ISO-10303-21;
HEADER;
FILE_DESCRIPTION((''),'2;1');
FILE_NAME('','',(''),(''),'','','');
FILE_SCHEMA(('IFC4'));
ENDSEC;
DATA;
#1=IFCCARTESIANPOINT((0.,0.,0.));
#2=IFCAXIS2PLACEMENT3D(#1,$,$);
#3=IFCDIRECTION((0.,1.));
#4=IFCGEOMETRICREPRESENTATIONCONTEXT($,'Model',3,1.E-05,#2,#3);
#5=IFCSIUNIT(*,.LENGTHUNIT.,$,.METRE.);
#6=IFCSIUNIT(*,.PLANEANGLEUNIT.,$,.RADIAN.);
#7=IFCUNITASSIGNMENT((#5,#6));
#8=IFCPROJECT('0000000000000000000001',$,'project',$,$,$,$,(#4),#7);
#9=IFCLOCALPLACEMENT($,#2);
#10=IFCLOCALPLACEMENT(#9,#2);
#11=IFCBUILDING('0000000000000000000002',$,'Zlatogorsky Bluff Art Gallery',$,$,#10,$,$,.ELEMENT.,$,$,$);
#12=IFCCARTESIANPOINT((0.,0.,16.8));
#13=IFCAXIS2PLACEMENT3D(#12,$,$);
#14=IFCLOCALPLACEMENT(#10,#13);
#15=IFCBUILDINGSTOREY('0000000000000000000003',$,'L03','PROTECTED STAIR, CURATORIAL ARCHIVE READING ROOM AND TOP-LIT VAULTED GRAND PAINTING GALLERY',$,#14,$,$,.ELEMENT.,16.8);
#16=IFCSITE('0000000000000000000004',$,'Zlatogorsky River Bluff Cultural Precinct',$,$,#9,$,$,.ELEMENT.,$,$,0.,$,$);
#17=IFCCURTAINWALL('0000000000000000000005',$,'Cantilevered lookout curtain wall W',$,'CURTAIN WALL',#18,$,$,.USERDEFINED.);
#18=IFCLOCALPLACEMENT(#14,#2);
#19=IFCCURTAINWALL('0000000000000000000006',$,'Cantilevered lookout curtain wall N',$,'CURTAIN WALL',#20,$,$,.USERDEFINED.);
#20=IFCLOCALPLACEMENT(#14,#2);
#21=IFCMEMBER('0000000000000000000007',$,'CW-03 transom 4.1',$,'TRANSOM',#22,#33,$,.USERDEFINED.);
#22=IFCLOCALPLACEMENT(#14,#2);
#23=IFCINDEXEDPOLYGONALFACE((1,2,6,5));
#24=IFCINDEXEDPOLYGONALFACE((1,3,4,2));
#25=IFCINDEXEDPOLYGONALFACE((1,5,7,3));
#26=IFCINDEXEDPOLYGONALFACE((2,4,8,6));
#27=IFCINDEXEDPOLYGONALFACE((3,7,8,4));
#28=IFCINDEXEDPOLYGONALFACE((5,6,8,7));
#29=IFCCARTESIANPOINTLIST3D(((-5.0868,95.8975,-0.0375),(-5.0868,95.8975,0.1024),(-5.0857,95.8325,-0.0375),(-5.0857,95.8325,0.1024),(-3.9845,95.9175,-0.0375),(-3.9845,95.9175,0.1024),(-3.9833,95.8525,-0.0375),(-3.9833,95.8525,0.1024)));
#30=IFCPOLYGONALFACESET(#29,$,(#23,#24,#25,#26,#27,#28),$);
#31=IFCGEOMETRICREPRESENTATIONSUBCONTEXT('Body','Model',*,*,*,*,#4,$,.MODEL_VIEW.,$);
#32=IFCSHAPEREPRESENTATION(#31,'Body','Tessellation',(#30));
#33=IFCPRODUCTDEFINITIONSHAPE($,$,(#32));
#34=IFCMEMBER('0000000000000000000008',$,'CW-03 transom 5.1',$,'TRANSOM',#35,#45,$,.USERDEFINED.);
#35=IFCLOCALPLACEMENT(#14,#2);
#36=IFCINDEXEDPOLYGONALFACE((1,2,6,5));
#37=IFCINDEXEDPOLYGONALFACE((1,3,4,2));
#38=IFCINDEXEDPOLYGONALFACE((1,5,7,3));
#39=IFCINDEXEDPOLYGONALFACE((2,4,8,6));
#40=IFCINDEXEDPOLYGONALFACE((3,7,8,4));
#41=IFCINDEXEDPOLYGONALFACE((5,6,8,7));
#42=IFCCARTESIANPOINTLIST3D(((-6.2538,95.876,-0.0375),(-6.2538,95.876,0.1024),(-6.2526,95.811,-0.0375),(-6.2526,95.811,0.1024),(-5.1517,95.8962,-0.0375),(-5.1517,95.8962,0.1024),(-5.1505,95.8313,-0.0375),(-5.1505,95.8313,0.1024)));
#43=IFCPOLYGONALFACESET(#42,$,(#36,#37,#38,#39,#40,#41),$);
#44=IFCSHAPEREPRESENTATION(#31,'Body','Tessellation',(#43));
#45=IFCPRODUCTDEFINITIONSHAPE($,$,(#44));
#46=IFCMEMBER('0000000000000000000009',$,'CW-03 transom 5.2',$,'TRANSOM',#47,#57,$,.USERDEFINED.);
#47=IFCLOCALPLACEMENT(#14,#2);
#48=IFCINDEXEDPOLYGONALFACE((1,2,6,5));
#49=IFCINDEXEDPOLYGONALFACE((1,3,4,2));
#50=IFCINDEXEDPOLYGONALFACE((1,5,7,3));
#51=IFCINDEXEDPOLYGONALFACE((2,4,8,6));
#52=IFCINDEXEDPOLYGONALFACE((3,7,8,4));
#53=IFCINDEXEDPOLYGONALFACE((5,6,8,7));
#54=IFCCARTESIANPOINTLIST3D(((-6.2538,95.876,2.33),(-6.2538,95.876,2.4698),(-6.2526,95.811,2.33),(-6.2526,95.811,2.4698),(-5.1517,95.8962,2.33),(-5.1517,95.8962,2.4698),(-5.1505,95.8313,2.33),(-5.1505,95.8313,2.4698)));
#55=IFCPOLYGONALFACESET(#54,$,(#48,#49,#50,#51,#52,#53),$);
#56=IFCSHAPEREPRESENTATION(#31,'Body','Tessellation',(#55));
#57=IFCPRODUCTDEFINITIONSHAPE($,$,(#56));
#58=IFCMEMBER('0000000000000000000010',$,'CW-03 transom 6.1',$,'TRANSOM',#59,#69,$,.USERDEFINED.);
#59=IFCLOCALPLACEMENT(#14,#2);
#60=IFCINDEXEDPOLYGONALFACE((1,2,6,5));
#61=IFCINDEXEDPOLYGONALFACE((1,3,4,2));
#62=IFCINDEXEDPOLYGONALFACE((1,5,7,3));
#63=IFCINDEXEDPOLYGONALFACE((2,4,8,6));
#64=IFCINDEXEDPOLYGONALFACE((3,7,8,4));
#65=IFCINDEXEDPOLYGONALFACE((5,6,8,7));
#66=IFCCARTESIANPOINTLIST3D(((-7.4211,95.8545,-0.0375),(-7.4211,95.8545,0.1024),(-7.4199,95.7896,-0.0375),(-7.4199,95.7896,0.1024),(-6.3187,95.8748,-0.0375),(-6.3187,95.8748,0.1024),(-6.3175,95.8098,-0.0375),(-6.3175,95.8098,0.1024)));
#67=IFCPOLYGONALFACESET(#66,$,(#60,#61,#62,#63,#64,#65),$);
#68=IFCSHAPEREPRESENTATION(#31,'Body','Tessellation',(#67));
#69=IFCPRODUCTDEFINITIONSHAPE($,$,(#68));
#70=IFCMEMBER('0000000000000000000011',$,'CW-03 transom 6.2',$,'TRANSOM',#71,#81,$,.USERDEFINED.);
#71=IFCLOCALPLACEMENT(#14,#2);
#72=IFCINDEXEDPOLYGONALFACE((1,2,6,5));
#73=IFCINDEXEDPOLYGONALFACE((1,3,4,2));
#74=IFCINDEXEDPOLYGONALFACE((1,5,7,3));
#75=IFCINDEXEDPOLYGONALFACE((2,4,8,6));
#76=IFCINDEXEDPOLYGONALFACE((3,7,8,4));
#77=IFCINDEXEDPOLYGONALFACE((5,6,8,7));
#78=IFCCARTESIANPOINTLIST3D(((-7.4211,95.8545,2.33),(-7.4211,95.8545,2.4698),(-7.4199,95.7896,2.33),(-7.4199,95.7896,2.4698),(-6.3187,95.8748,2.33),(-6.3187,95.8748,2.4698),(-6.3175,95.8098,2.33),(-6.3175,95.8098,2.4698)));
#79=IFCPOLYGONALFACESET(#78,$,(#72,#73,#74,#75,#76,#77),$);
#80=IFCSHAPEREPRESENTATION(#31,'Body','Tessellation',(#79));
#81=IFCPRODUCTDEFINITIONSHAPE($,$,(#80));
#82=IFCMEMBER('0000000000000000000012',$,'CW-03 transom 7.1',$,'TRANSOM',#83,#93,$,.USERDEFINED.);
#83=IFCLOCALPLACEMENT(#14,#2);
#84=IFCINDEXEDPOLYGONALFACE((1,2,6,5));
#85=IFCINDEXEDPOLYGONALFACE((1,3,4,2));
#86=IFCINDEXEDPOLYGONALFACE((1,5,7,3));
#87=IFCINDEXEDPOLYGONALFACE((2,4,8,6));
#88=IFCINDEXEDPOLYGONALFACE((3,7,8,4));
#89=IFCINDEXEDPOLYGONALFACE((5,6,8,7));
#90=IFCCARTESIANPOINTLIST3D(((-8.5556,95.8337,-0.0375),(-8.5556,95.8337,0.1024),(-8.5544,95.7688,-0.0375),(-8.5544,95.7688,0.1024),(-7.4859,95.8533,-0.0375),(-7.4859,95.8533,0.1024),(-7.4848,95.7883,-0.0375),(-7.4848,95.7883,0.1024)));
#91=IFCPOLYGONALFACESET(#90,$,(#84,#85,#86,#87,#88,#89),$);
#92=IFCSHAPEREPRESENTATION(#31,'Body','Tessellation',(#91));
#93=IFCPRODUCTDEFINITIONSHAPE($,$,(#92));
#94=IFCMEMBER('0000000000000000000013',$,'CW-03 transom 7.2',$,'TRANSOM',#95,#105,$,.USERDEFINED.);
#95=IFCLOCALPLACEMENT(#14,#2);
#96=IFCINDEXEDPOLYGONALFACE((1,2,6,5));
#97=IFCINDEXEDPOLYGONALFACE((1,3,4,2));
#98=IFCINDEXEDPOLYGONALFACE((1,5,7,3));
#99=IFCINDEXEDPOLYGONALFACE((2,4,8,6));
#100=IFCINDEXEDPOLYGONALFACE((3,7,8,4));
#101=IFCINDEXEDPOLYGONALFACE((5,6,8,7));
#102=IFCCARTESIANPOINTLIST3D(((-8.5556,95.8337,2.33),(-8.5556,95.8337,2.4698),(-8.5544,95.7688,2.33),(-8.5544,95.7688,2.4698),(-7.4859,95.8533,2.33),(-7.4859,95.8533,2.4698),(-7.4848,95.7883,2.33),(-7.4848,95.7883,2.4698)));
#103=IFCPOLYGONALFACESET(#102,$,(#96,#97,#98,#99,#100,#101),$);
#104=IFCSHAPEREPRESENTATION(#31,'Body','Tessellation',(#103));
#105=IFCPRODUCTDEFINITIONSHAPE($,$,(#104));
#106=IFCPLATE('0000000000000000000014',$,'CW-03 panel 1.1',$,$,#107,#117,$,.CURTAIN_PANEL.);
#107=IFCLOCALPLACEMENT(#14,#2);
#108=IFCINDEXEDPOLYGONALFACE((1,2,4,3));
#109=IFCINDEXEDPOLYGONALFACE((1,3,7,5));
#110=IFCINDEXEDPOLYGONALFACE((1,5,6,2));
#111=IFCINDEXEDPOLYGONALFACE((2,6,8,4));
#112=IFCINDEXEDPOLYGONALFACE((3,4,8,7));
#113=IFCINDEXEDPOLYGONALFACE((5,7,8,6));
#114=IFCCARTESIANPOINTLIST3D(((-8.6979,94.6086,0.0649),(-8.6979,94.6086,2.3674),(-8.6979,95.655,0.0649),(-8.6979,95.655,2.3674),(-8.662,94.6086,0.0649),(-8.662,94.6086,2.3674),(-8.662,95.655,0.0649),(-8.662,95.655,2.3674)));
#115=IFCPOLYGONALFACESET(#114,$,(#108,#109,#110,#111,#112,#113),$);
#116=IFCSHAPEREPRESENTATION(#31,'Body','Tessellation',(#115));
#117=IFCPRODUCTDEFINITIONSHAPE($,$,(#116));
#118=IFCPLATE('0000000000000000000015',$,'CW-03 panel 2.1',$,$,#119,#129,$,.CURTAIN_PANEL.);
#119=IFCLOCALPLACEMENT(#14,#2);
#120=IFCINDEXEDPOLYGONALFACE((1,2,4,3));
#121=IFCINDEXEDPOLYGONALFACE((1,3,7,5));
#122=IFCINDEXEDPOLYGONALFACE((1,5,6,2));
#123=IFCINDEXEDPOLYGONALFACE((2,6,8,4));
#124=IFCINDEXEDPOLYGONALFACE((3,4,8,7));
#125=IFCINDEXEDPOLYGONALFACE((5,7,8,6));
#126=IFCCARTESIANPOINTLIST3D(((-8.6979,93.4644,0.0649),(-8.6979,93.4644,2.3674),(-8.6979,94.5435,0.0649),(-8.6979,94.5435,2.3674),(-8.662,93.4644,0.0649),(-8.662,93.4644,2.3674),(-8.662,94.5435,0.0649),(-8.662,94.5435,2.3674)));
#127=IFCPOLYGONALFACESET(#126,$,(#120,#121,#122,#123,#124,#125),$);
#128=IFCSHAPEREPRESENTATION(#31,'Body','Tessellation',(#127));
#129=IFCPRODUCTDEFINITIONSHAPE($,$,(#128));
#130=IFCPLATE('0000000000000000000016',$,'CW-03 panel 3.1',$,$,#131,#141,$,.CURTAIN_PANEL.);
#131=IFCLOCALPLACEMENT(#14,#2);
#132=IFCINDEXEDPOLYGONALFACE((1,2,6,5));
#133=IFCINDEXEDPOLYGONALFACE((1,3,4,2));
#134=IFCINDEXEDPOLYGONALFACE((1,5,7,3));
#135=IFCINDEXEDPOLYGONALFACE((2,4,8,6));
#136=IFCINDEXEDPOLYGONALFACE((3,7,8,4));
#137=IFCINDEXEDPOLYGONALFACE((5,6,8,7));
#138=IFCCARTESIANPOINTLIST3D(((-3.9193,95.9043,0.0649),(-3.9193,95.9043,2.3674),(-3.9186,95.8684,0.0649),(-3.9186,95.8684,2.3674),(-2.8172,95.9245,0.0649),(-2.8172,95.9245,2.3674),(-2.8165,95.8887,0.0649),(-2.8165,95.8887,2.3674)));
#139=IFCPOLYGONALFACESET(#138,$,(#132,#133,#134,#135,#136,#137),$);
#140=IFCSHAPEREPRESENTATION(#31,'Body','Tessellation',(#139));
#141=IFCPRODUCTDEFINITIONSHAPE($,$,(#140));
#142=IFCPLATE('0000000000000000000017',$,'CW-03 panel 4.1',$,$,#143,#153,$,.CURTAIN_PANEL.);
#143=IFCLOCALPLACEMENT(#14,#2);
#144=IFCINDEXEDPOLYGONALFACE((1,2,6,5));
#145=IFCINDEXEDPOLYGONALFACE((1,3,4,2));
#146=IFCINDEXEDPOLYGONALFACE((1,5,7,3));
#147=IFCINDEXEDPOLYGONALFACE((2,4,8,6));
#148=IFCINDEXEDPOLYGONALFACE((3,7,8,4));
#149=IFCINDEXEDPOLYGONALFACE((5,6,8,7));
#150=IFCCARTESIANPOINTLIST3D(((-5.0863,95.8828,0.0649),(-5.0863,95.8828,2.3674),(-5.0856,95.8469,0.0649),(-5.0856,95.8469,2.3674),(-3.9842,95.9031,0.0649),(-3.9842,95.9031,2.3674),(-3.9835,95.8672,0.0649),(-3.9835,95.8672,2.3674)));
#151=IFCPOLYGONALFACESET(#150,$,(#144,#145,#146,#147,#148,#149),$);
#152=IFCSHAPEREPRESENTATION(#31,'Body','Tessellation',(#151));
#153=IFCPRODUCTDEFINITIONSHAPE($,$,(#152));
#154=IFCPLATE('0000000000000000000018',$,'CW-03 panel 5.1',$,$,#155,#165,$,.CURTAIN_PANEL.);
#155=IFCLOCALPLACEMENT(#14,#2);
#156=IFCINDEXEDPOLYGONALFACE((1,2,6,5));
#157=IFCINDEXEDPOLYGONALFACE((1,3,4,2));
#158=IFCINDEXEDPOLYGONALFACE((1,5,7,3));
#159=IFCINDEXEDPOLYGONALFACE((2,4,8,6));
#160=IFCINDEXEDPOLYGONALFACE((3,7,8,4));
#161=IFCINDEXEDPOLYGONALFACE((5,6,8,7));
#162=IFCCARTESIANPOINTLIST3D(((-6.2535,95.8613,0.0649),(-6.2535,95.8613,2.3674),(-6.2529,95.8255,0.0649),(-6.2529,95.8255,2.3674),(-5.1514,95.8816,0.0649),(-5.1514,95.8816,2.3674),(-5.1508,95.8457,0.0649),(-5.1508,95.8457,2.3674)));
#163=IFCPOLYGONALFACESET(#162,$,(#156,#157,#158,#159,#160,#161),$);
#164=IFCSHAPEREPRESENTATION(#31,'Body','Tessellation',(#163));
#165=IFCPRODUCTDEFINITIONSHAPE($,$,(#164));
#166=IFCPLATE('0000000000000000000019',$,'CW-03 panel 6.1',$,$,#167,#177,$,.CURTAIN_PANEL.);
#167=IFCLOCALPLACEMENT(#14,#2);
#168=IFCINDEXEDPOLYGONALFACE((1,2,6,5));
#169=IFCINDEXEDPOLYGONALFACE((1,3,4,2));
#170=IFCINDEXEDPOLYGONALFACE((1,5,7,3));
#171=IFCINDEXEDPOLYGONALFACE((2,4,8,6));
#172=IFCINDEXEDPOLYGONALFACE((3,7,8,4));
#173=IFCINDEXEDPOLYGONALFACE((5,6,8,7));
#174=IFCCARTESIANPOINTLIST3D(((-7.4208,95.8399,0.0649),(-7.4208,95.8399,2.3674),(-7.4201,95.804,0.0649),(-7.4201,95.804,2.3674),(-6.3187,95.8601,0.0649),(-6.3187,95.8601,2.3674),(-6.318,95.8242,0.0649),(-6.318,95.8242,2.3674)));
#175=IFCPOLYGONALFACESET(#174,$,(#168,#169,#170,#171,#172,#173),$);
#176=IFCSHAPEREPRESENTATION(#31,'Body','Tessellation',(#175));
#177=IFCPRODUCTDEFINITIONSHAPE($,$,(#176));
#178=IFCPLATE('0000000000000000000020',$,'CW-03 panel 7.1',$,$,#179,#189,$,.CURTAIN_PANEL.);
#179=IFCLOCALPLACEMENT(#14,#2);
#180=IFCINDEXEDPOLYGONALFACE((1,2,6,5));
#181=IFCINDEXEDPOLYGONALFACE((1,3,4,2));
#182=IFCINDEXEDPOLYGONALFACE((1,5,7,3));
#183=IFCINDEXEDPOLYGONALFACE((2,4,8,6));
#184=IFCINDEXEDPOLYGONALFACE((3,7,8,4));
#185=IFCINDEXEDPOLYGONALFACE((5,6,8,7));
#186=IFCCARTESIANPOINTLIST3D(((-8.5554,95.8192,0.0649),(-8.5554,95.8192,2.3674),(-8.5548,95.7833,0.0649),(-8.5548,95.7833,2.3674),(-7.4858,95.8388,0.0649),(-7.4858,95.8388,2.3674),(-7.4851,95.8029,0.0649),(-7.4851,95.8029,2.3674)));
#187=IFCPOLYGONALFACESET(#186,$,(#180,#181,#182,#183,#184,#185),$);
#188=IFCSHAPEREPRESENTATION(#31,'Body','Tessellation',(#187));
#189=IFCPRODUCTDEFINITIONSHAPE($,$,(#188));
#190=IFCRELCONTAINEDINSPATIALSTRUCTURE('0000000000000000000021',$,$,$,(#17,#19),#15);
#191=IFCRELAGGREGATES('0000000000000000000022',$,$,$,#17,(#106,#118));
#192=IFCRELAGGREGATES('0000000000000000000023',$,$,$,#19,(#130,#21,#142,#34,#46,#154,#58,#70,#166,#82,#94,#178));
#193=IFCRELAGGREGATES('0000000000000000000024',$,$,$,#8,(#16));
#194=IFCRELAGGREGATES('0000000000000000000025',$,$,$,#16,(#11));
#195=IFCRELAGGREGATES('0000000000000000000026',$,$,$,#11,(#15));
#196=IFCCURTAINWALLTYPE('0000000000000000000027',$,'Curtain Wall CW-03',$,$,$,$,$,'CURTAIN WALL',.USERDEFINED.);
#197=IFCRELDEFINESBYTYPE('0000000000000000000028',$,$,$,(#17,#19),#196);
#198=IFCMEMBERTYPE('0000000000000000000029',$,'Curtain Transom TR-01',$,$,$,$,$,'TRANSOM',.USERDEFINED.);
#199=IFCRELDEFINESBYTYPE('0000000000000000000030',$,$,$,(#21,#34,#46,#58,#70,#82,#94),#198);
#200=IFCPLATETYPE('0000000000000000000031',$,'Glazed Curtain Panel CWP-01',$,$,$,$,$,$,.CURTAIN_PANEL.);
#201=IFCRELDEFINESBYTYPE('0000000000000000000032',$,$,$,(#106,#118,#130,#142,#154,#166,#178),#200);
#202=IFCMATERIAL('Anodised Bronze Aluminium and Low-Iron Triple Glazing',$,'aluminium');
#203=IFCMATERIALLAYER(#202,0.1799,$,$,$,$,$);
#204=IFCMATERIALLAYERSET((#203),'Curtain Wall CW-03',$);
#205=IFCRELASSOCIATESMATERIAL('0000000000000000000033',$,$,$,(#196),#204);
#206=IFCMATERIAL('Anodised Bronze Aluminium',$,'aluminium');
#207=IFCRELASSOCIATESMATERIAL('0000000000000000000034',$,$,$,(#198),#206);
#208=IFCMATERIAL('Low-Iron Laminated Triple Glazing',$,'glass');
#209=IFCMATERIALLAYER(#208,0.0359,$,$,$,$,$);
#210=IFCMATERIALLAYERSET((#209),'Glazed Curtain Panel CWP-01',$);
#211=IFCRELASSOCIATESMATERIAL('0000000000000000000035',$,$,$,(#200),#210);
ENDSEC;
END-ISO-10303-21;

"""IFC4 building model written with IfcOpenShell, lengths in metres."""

from ifc_helpers import new_model, si_unit, direction, frame, origin, origin_2d, place, context, subcontext, project, spatial, rectangle, extrude, material, layer, layer_set, material_profile, profile_set, type_object, element, aggregate, save


model = new_model("IFC4")

# Units and contexts
model_context = context("Model", 3, precision=1e-05, world=origin(), true_north=direction((0.0, 1.0)))
body_context = subcontext(model_context, "Body", "Model", "MODEL_VIEW")
ifc_project = project(units=[si_unit("LENGTHUNIT", "METRE"), si_unit("PLANEANGLEUNIT", "RADIAN")], contexts=[model_context])

# Site, building, storey
site_placement = place(None, origin())
site = spatial("IfcSite", under=ifc_project, at=site_placement, Name="Zlatogorsky River Bluff Cultural Precinct", CompositionType="ELEMENT", RefElevation=0.0)
building_placement = place(site_placement, origin())
building = spatial("IfcBuilding", under=site, at=building_placement, Name="Zlatogorsky Bluff Art Gallery", CompositionType="ELEMENT")
storey_placement = place(building_placement, frame((0.0, 0.0, 16.8)))
storey = spatial("IfcBuildingStorey", under=building, at=storey_placement, Name="L03", Description="PROTECTED STAIR, CURATORIAL ARCHIVE READING ROOM AND TOP-LIT VAULTED GRAND PAINTING GALLERY", CompositionType="ELEMENT", Elevation=16.8)

# Curtain walls
ifc_material_1 = material(Name="Anodised Bronze Aluminium and Low-Iron Triple Glazing", Category="aluminium")
ifc_layer_1 = layer(ifc_material_1, 0.1799)
ifc_layer_set_1 = layer_set([ifc_layer_1], Name="Curtain Wall CW-03")
curtain_wall_type = type_object("IfcCurtainWallType", Name="Curtain Wall CW-03", ElementType="CURTAIN WALL", PredefinedType="USERDEFINED", material=ifc_layer_set_1)
curtain_wall_1_placement = place(storey_placement, origin())
curtain_wall_1 = element("IfcCurtainWall", 1, at=curtain_wall_1_placement, inside=storey, type_object=curtain_wall_type, Name="Cantilevered lookout curtain wall W", ObjectType="CURTAIN WALL", PredefinedType="USERDEFINED")
ifc_material_2 = material(Name="Anodised Bronze Aluminium", Category="aluminium")
curtain_wall_2_placement = place(storey_placement, origin())
curtain_wall_2 = element("IfcCurtainWall", 2, at=curtain_wall_2_placement, inside=storey, type_object=curtain_wall_type, Name="Cantilevered lookout curtain wall N", ObjectType="CURTAIN WALL", PredefinedType="USERDEFINED")

# Members
ifc_material_profile_1 = material_profile(ifc_material_2, rectangle(XDim=0.0649, YDim=0.1399, at=origin_2d()), Name="ALU TRANSOM 65x140")
ifc_profile_set_1 = profile_set([ifc_material_profile_1], Name="Anodised Bronze Aluminium")
member_type_1 = type_object("IfcMemberType", Name="Curtain Transom TR-01", ElementType="TRANSOM", PredefinedType="USERDEFINED", material=ifc_profile_set_1)
member_1_placement = place(storey_placement, frame((-3.9839, 95.885, 0.0325), z_axis=(-0.999835, -0.018159, 0.0), x_axis=(0.018159, -0.999835, 0.0)))
member_1 = element("IfcMember", 3, at=member_1_placement, type_object=member_type_1, Name="CW-03 transom 4.1", ObjectType="TRANSOM", PredefinedType="USERDEFINED", context=body_context, shape_type="SweptSolid", body=[
    extrude(rectangle(XDim=0.0649, YDim=0.1399, at=origin_2d()), origin(), (0.0, 0.0, 1.0), 1.1025),
])
member_2_placement = place(storey_placement, frame((-5.1511, 95.8638, 0.0325), z_axis=(-0.999831, -0.018384, 0.0), x_axis=(0.018384, -0.999831, 0.0)))
member_2 = element("IfcMember", 4, at=member_2_placement, type_object=member_type_1, Name="CW-03 transom 5.1", ObjectType="TRANSOM", PredefinedType="USERDEFINED", context=body_context, shape_type="SweptSolid", body=[
    extrude(rectangle(XDim=0.0649, YDim=0.1399, at=origin_2d()), origin(), (0.0, 0.0, 1.0), 1.1023),
])
member_3_placement = place(storey_placement, frame((-5.1511, 95.8638, 2.3999), z_axis=(-0.999831, -0.018384, 0.0), x_axis=(0.018384, -0.999831, 0.0)))
member_3 = element("IfcMember", 5, at=member_3_placement, type_object=member_type_1, Name="CW-03 transom 5.2", ObjectType="TRANSOM", PredefinedType="USERDEFINED", context=body_context, shape_type="SweptSolid", body=[
    extrude(rectangle(XDim=0.0649, YDim=0.1399, at=origin_2d()), origin(), (0.0, 0.0, 1.0), 1.1023),
])
member_4_placement = place(storey_placement, frame((-6.3181, 95.8423, 0.0325), z_axis=(-0.999831, -0.01838, 0.0), x_axis=(0.01838, -0.999831, 0.0)))
member_4 = element("IfcMember", 6, at=member_4_placement, type_object=member_type_1, Name="CW-03 transom 6.1", ObjectType="TRANSOM", PredefinedType="USERDEFINED", context=body_context, shape_type="SweptSolid", body=[
    extrude(rectangle(XDim=0.0649, YDim=0.1399, at=origin_2d()), origin(), (0.0, 0.0, 1.0), 1.1025),
])
member_5_placement = place(storey_placement, frame((-6.3181, 95.8423, 2.3999), z_axis=(-0.999831, -0.01838, 0.0), x_axis=(0.01838, -0.999831, 0.0)))
member_5 = element("IfcMember", 7, at=member_5_placement, type_object=member_type_1, Name="CW-03 transom 6.2", ObjectType="TRANSOM", PredefinedType="USERDEFINED", context=body_context, shape_type="SweptSolid", body=[
    extrude(rectangle(XDim=0.0649, YDim=0.1399, at=origin_2d()), origin(), (0.0, 0.0, 1.0), 1.1025),
])
member_6_placement = place(storey_placement, frame((-7.4854, 95.8208, 0.0325), z_axis=(-0.999833, -0.018258, 0.0), x_axis=(0.018258, -0.999833, 0.0)))
member_6 = element("IfcMember", 8, at=member_6_placement, type_object=member_type_1, Name="CW-03 transom 7.1", ObjectType="TRANSOM", PredefinedType="USERDEFINED", context=body_context, shape_type="SweptSolid", body=[
    extrude(rectangle(XDim=0.0649, YDim=0.1399, at=origin_2d()), origin(), (0.0, 0.0, 1.0), 1.0698),
])
member_7_placement = place(storey_placement, frame((-7.4854, 95.8208, 2.3999), z_axis=(-0.999833, -0.018258, 0.0), x_axis=(0.018258, -0.999833, 0.0)))
member_7 = element("IfcMember", 9, at=member_7_placement, type_object=member_type_1, Name="CW-03 transom 7.2", ObjectType="TRANSOM", PredefinedType="USERDEFINED", context=body_context, shape_type="SweptSolid", body=[
    extrude(rectangle(XDim=0.0649, YDim=0.1399, at=origin_2d()), origin(), (0.0, 0.0, 1.0), 1.0698),
])

# Plates
ifc_material_3 = material(Name="Low-Iron Laminated Triple Glazing", Category="glass")
ifc_layer_2 = layer(ifc_material_3, 0.0359)
ifc_layer_set_2 = layer_set([ifc_layer_2], Name="Glazed Curtain Panel CWP-01")
plate_type = type_object("IfcPlateType", Name="Glazed Curtain Panel CWP-01", PredefinedType="CURTAIN_PANEL", material=ifc_layer_set_2)
plate_1_placement = place(storey_placement, frame((-8.6799, 95.1318, 0.0649), z_axis=(0.0, 0.0, 1.0), x_axis=(0.0, -1.0, 0.0)))
plate_1 = element("IfcPlate", 10, at=plate_1_placement, type_object=plate_type, Name="CW-03 panel 1.1", PredefinedType="CURTAIN_PANEL", context=body_context, shape_type="SweptSolid", body=[
    extrude(rectangle(XDim=1.0464, YDim=0.0359, at=origin_2d()), origin(), (0.0, 0.0, 1.0), 2.3025),
])
plate_2_placement = place(storey_placement, frame((-8.6799, 94.0039, 0.0649), z_axis=(0.0, 0.0, 1.0), x_axis=(0.0, -1.0, 0.0)))
plate_2 = element("IfcPlate", 11, at=plate_2_placement, type_object=plate_type, Name="CW-03 panel 2.1", PredefinedType="CURTAIN_PANEL", context=body_context, shape_type="SweptSolid", body=[
    extrude(rectangle(XDim=1.0791, YDim=0.0359, at=origin_2d()), origin(), (0.0, 0.0, 1.0), 2.3025),
])
aggregate(curtain_wall_1, [plate_1, plate_2])
plate_3_placement = place(storey_placement, frame((-3.3679, 95.8965, 0.0649), z_axis=(0.0, 0.0, 1.0), x_axis=(-0.999832, -0.018357, 0.0)))
plate_3 = element("IfcPlate", 12, at=plate_3_placement, type_object=plate_type, Name="CW-03 panel 3.1", PredefinedType="CURTAIN_PANEL", context=body_context, shape_type="SweptSolid", body=[
    extrude(rectangle(XDim=1.1023, YDim=0.0359, at=origin_2d()), origin(), (0.0, 0.0, 1.0), 2.3025),
])
plate_4_placement = place(storey_placement, frame((-4.5349, 95.875, 0.0649), z_axis=(0.0, 0.0, 1.0), x_axis=(-0.999832, -0.018357, 0.0)))
plate_4 = element("IfcPlate", 13, at=plate_4_placement, type_object=plate_type, Name="CW-03 panel 4.1", PredefinedType="CURTAIN_PANEL", context=body_context, shape_type="SweptSolid", body=[
    extrude(rectangle(XDim=1.1023, YDim=0.0359, at=origin_2d()), origin(), (0.0, 0.0, 1.0), 2.3025),
])
plate_5_placement = place(storey_placement, frame((-5.7021, 95.8535, 0.0649), z_axis=(0.0, 0.0, 1.0), x_axis=(-0.999832, -0.018357, 0.0)))
plate_5 = element("IfcPlate", 14, at=plate_5_placement, type_object=plate_type, Name="CW-03 panel 5.1", PredefinedType="CURTAIN_PANEL", context=body_context, shape_type="SweptSolid", body=[
    extrude(rectangle(XDim=1.1023, YDim=0.0359, at=origin_2d()), origin(), (0.0, 0.0, 1.0), 2.3025),
])
plate_6_placement = place(storey_placement, frame((-6.8694, 95.832, 0.0649), z_axis=(0.0, 0.0, 1.0), x_axis=(-0.999832, -0.018357, 0.0)))
plate_6 = element("IfcPlate", 15, at=plate_6_placement, type_object=plate_type, Name="CW-03 panel 6.1", PredefinedType="CURTAIN_PANEL", context=body_context, shape_type="SweptSolid", body=[
    extrude(rectangle(XDim=1.1023, YDim=0.0359, at=origin_2d()), origin(), (0.0, 0.0, 1.0), 2.3025),
])
plate_7_placement = place(storey_placement, frame((-8.0203, 95.811, 0.0649), z_axis=(0.0, 0.0, 1.0), x_axis=(-0.999832, -0.018357, 0.0)))
plate_7 = element("IfcPlate", 16, at=plate_7_placement, type_object=plate_type, Name="CW-03 panel 7.1", PredefinedType="CURTAIN_PANEL", context=body_context, shape_type="SweptSolid", body=[
    extrude(rectangle(XDim=1.0698, YDim=0.0359, at=origin_2d()), origin(), (0.0, 0.0, 1.0), 2.3025),
])
aggregate(curtain_wall_2, [plate_3, member_1, plate_4, member_2, member_3, plate_5, member_4, member_5, plate_6, member_6, member_7, plate_7])

save(model, "model.ifc")
